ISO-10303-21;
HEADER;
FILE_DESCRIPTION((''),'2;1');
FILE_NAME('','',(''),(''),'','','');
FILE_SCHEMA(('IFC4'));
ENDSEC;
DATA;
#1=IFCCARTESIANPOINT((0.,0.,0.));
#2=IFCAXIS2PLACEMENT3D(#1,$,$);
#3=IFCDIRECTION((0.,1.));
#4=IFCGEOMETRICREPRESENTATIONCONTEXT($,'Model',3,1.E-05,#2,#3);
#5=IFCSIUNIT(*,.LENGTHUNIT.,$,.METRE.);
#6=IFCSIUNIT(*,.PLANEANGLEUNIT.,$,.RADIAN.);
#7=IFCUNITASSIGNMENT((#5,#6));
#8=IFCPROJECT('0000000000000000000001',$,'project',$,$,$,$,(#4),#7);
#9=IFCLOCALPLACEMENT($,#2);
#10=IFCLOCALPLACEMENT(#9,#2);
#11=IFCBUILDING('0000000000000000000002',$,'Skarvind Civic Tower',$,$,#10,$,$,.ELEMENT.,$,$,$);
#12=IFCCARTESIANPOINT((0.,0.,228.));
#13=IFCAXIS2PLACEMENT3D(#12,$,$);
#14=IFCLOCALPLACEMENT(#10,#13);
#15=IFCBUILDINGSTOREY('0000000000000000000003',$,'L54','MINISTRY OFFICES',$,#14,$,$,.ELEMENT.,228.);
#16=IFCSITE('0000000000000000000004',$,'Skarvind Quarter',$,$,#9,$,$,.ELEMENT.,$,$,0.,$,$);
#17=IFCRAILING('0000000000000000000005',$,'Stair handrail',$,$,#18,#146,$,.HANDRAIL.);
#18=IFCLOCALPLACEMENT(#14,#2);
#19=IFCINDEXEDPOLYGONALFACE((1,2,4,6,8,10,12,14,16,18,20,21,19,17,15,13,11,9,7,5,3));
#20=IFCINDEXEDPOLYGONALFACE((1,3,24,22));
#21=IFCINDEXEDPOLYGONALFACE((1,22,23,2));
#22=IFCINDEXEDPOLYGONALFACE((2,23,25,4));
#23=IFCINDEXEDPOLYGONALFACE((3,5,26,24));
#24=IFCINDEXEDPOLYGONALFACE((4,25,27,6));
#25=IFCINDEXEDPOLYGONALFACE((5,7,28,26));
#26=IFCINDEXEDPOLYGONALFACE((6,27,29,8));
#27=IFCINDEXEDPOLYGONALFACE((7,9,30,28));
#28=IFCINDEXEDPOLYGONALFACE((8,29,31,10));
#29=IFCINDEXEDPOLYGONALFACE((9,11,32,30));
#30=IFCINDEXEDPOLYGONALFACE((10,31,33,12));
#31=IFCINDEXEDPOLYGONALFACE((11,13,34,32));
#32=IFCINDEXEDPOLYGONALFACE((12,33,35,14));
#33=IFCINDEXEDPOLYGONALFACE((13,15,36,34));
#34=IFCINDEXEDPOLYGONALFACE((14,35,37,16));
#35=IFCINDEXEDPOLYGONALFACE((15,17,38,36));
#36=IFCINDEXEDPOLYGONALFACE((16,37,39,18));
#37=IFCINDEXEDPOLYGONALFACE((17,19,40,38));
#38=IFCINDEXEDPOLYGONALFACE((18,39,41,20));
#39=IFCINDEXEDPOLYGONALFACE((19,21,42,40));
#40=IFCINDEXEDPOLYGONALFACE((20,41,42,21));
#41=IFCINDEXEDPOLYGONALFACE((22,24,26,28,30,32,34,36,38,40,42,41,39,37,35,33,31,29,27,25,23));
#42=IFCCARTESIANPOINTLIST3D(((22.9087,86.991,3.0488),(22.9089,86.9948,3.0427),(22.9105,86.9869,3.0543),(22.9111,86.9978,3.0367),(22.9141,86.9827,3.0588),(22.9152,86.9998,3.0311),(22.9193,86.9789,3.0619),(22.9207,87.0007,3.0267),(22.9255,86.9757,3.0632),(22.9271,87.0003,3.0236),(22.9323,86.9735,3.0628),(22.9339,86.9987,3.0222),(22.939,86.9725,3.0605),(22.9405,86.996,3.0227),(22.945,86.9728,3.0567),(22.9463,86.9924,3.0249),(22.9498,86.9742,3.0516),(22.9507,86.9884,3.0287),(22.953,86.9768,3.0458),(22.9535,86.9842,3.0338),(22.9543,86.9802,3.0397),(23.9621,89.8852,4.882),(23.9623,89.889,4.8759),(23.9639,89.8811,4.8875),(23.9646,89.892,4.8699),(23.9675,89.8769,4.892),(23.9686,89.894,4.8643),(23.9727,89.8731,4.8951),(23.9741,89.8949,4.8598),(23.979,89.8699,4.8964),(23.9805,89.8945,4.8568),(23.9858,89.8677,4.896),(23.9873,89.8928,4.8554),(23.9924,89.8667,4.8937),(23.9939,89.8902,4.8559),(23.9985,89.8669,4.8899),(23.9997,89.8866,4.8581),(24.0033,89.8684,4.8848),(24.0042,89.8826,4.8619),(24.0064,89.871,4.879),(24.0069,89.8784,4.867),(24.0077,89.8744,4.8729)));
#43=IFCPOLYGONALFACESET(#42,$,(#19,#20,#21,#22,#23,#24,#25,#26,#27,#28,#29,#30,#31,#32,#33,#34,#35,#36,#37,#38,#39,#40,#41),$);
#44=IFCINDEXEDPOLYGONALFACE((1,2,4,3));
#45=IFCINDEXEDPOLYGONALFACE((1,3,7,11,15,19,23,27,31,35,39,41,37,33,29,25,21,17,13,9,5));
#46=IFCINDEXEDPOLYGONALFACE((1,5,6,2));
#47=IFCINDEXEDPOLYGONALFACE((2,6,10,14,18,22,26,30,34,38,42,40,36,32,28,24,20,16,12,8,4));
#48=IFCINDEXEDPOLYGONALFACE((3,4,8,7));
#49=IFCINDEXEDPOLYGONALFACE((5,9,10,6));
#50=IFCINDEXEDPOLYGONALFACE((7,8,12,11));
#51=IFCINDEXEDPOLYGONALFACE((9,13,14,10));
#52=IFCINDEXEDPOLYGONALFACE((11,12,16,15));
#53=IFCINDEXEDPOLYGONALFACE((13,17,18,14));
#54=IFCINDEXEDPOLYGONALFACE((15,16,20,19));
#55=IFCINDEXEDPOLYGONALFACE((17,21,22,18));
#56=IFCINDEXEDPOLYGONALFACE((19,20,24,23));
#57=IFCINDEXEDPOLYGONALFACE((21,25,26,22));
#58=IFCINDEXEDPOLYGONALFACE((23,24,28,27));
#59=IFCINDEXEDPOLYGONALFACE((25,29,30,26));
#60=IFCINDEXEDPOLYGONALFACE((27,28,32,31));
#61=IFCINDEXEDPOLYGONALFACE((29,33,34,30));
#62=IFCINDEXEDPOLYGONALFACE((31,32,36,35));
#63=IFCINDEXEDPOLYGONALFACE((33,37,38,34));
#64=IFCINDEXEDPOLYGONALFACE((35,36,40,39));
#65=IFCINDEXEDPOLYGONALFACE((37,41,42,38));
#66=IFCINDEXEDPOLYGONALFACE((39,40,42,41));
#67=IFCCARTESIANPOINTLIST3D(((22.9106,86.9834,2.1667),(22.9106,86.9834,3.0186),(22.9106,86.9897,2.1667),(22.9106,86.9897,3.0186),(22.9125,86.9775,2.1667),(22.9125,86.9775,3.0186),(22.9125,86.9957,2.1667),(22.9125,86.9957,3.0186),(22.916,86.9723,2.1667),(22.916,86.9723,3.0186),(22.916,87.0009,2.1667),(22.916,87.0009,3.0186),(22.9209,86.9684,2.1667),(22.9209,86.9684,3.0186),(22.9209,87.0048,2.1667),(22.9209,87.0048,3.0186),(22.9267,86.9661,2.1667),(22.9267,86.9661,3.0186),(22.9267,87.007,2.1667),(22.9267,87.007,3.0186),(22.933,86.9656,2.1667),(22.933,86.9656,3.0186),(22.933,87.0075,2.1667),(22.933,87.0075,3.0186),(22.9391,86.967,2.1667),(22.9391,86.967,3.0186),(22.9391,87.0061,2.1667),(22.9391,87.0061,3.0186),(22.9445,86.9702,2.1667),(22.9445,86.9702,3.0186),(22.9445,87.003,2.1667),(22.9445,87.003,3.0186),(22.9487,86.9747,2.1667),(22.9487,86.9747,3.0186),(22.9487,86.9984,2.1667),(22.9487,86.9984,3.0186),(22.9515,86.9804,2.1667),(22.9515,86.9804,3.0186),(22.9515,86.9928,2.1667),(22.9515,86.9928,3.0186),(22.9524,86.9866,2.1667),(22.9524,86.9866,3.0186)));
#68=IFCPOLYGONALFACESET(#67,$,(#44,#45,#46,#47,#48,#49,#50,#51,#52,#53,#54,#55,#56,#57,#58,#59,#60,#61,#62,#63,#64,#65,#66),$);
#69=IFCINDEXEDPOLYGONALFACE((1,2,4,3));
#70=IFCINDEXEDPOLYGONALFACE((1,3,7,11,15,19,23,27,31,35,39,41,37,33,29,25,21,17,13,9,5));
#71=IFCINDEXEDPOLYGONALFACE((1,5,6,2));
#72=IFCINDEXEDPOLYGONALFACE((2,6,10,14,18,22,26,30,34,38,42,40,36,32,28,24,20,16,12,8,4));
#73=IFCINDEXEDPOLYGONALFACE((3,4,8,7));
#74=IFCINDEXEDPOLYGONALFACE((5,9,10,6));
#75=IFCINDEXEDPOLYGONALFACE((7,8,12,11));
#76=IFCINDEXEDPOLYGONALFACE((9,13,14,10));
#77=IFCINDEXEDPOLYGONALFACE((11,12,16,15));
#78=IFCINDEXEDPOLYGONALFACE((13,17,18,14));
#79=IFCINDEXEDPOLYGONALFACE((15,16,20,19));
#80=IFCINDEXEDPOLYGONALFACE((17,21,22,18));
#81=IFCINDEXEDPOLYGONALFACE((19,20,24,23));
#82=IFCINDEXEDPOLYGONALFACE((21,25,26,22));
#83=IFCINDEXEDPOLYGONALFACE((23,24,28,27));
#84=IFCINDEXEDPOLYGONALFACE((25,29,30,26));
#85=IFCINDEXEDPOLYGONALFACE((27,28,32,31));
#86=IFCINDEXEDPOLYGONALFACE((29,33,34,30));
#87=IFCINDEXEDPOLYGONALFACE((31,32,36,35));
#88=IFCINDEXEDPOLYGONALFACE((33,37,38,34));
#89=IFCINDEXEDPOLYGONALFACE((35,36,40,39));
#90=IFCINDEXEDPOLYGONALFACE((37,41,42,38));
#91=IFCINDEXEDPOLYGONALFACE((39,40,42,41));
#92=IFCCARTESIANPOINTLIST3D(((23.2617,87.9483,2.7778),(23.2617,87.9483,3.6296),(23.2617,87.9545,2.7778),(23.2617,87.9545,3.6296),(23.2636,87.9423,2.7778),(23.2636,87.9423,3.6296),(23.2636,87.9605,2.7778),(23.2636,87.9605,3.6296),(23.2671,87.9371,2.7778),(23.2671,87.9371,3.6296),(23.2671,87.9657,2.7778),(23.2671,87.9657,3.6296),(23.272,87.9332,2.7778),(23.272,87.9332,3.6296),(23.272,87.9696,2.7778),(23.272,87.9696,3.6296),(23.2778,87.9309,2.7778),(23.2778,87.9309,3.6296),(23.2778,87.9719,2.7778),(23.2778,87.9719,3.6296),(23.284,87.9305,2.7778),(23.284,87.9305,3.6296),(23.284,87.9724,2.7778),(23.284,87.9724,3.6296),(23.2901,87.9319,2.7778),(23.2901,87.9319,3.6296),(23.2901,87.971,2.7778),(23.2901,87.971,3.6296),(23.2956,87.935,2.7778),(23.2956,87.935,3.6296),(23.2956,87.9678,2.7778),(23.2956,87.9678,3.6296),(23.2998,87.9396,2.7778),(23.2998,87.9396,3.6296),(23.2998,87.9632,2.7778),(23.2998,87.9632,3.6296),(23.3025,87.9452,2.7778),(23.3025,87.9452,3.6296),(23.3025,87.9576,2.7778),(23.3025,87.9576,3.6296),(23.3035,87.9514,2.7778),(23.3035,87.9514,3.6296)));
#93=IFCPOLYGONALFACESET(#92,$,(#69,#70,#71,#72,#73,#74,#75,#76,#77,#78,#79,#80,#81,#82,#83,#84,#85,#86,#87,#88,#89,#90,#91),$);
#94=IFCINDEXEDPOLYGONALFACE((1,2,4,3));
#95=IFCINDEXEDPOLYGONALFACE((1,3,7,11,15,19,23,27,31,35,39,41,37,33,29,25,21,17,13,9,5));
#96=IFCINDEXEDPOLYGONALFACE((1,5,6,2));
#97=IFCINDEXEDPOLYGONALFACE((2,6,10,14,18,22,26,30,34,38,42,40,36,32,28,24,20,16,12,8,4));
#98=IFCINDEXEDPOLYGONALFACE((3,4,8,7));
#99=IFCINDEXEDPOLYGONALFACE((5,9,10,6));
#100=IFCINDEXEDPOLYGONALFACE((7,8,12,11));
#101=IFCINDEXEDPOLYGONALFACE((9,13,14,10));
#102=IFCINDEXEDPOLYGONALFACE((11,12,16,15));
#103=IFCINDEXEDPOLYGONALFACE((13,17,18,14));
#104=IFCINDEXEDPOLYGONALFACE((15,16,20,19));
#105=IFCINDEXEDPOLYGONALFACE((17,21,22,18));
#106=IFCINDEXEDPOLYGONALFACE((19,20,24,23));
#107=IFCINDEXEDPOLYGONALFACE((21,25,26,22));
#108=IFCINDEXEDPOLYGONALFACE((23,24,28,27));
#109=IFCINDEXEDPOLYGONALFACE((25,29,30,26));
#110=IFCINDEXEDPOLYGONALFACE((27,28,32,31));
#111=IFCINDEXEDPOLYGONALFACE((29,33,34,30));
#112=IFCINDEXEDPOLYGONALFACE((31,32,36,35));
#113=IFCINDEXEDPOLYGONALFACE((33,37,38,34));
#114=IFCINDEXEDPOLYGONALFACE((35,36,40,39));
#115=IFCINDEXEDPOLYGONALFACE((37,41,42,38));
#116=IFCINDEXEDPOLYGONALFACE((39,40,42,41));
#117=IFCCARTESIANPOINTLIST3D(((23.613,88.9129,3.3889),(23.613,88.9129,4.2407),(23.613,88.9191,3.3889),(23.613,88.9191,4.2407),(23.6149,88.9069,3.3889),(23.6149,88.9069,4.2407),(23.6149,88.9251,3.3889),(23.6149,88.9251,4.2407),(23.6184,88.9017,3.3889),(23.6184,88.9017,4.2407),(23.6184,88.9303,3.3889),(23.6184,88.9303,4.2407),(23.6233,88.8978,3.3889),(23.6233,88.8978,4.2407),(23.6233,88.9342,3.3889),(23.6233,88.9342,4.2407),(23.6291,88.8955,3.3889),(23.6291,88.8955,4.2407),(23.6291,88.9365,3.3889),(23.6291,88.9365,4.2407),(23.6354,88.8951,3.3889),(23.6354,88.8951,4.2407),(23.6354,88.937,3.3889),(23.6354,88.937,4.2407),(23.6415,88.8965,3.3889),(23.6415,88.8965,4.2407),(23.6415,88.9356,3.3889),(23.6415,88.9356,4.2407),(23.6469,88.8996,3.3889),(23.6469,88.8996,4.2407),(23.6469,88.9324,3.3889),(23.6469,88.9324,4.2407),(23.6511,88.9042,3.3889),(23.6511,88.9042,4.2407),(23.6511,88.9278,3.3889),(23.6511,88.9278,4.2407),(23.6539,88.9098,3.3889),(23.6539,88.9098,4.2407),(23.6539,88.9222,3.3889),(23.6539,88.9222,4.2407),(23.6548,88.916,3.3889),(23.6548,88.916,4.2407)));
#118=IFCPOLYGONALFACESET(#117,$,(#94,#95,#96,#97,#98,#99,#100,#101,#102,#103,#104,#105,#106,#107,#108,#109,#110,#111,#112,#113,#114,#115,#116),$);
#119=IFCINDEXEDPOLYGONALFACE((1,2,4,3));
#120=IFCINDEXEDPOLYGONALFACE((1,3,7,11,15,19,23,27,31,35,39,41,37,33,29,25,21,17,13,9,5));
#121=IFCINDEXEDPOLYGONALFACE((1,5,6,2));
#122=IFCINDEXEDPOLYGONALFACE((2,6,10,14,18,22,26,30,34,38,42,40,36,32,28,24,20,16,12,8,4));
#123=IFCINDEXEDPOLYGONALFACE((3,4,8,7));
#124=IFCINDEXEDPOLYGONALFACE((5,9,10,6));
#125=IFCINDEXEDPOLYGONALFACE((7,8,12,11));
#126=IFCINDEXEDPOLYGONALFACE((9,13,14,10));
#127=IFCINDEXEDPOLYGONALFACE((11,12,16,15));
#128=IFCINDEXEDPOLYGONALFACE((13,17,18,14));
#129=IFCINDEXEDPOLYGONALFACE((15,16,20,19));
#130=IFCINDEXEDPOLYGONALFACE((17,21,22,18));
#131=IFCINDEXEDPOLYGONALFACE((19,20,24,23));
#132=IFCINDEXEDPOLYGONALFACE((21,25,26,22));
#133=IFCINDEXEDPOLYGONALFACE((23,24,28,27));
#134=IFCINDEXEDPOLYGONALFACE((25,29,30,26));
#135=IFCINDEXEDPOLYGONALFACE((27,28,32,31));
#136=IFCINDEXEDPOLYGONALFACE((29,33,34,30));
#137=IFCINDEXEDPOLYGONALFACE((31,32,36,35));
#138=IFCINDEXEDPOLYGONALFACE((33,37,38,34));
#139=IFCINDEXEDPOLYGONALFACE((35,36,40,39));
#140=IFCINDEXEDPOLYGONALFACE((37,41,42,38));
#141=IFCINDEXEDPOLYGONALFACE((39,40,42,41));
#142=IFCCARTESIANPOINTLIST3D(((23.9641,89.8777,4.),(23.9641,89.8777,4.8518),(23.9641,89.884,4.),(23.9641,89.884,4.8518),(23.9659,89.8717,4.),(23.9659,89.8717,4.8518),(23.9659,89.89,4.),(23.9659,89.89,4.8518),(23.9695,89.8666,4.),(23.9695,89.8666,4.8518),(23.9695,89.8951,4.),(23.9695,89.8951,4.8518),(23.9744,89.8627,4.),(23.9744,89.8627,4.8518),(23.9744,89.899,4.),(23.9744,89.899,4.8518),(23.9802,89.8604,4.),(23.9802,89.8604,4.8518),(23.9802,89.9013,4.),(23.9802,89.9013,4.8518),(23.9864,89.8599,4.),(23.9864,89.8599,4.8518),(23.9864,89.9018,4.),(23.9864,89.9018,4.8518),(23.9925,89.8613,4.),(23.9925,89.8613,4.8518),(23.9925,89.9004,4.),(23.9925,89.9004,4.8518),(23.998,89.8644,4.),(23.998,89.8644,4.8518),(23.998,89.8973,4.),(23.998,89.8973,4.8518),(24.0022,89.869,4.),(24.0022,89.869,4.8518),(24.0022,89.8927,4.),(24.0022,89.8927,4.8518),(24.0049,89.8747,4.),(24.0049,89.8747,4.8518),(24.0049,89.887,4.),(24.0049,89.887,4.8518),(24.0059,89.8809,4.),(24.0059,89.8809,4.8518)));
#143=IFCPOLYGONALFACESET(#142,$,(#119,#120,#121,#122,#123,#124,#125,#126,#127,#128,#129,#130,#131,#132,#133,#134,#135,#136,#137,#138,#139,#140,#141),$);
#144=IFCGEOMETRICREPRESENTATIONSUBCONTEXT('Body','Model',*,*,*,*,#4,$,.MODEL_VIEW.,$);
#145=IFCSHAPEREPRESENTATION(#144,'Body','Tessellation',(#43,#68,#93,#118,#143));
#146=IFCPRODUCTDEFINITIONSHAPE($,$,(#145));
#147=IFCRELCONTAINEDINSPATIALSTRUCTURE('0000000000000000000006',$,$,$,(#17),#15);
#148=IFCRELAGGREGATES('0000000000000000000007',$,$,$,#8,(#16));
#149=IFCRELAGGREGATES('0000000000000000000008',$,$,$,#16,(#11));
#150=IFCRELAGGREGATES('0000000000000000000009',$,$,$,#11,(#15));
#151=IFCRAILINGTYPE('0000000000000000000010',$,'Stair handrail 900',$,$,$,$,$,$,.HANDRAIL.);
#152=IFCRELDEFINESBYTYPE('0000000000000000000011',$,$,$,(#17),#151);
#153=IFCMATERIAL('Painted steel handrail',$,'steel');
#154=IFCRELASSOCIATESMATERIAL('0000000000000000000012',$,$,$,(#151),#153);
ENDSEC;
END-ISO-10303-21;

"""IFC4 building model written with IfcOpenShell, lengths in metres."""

from ifc_helpers import new_model, si_unit, direction, frame, origin, origin_2d, place, context, subcontext, project, spatial, circle, extrude, material, type_object, element, save


model = new_model("IFC4")

# Units and contexts
model_context = context("Model", 3, precision=1e-05, world=origin(), true_north=direction((0.0, 1.0)))
body_context = subcontext(model_context, "Body", "Model", "MODEL_VIEW")
ifc_project = project(units=[si_unit("LENGTHUNIT", "METRE"), si_unit("PLANEANGLEUNIT", "RADIAN")], contexts=[model_context])

# Site, building, storey
site_placement = place(None, origin())
site = spatial("IfcSite", under=ifc_project, at=site_placement, Name="Skarvind Quarter", CompositionType="ELEMENT", RefElevation=0.0)
building_placement = place(site_placement, origin())
building = spatial("IfcBuilding", under=site, at=building_placement, Name="Skarvind Civic Tower", CompositionType="ELEMENT")
storey_placement = place(building_placement, frame((0.0, 0.0, 228.0)))
storey = spatial("IfcBuildingStorey", under=building, at=storey_placement, Name="L54", Description="MINISTRY OFFICES", CompositionType="ELEMENT", Elevation=228.0)

# Railing
ifc_material_1 = material(Name="Painted steel handrail", Category="steel")
railing_type = type_object("IfcRailingType", Name="Stair handrail 900", PredefinedType="HANDRAIL", material=ifc_material_1)
railing_1_placement = place(storey_placement, frame((22.9314, 86.9866, 2.1667)))
element("IfcRailing", 1, at=railing_1_placement, inside=storey, type_object=railing_type, Name="Stair handrail", PredefinedType="HANDRAIL", context=body_context, shape_type="SweptSolid", body=[
    extrude(circle(Radius=0.0239, at=origin_2d()), frame((0.0, 0.0, 0.876), z_axis=(0.293908, 0.807481, 0.511461), x_axis=(-0.939689, 0.342029, 0.0)), (0.0, 0.0, 1.0), 3.5842),
    extrude(circle(Radius=0.021, at=origin_2d()), origin(), (0.0, 0.0, 1.0), 0.8518),
    extrude(circle(Radius=0.021, at=origin_2d()), frame((0.3511, 0.9648, 0.6111)), (0.0, 0.0, 1.0), 0.8518),
    extrude(circle(Radius=0.021, at=origin_2d()), frame((0.7024, 1.9294, 1.2222)), (0.0, 0.0, 1.0), 0.8518),
    extrude(circle(Radius=0.021, at=origin_2d()), frame((1.0535, 2.8943, 1.8333)), (0.0, 0.0, 1.0), 0.8518),
])

save(model, "model.ifc")
